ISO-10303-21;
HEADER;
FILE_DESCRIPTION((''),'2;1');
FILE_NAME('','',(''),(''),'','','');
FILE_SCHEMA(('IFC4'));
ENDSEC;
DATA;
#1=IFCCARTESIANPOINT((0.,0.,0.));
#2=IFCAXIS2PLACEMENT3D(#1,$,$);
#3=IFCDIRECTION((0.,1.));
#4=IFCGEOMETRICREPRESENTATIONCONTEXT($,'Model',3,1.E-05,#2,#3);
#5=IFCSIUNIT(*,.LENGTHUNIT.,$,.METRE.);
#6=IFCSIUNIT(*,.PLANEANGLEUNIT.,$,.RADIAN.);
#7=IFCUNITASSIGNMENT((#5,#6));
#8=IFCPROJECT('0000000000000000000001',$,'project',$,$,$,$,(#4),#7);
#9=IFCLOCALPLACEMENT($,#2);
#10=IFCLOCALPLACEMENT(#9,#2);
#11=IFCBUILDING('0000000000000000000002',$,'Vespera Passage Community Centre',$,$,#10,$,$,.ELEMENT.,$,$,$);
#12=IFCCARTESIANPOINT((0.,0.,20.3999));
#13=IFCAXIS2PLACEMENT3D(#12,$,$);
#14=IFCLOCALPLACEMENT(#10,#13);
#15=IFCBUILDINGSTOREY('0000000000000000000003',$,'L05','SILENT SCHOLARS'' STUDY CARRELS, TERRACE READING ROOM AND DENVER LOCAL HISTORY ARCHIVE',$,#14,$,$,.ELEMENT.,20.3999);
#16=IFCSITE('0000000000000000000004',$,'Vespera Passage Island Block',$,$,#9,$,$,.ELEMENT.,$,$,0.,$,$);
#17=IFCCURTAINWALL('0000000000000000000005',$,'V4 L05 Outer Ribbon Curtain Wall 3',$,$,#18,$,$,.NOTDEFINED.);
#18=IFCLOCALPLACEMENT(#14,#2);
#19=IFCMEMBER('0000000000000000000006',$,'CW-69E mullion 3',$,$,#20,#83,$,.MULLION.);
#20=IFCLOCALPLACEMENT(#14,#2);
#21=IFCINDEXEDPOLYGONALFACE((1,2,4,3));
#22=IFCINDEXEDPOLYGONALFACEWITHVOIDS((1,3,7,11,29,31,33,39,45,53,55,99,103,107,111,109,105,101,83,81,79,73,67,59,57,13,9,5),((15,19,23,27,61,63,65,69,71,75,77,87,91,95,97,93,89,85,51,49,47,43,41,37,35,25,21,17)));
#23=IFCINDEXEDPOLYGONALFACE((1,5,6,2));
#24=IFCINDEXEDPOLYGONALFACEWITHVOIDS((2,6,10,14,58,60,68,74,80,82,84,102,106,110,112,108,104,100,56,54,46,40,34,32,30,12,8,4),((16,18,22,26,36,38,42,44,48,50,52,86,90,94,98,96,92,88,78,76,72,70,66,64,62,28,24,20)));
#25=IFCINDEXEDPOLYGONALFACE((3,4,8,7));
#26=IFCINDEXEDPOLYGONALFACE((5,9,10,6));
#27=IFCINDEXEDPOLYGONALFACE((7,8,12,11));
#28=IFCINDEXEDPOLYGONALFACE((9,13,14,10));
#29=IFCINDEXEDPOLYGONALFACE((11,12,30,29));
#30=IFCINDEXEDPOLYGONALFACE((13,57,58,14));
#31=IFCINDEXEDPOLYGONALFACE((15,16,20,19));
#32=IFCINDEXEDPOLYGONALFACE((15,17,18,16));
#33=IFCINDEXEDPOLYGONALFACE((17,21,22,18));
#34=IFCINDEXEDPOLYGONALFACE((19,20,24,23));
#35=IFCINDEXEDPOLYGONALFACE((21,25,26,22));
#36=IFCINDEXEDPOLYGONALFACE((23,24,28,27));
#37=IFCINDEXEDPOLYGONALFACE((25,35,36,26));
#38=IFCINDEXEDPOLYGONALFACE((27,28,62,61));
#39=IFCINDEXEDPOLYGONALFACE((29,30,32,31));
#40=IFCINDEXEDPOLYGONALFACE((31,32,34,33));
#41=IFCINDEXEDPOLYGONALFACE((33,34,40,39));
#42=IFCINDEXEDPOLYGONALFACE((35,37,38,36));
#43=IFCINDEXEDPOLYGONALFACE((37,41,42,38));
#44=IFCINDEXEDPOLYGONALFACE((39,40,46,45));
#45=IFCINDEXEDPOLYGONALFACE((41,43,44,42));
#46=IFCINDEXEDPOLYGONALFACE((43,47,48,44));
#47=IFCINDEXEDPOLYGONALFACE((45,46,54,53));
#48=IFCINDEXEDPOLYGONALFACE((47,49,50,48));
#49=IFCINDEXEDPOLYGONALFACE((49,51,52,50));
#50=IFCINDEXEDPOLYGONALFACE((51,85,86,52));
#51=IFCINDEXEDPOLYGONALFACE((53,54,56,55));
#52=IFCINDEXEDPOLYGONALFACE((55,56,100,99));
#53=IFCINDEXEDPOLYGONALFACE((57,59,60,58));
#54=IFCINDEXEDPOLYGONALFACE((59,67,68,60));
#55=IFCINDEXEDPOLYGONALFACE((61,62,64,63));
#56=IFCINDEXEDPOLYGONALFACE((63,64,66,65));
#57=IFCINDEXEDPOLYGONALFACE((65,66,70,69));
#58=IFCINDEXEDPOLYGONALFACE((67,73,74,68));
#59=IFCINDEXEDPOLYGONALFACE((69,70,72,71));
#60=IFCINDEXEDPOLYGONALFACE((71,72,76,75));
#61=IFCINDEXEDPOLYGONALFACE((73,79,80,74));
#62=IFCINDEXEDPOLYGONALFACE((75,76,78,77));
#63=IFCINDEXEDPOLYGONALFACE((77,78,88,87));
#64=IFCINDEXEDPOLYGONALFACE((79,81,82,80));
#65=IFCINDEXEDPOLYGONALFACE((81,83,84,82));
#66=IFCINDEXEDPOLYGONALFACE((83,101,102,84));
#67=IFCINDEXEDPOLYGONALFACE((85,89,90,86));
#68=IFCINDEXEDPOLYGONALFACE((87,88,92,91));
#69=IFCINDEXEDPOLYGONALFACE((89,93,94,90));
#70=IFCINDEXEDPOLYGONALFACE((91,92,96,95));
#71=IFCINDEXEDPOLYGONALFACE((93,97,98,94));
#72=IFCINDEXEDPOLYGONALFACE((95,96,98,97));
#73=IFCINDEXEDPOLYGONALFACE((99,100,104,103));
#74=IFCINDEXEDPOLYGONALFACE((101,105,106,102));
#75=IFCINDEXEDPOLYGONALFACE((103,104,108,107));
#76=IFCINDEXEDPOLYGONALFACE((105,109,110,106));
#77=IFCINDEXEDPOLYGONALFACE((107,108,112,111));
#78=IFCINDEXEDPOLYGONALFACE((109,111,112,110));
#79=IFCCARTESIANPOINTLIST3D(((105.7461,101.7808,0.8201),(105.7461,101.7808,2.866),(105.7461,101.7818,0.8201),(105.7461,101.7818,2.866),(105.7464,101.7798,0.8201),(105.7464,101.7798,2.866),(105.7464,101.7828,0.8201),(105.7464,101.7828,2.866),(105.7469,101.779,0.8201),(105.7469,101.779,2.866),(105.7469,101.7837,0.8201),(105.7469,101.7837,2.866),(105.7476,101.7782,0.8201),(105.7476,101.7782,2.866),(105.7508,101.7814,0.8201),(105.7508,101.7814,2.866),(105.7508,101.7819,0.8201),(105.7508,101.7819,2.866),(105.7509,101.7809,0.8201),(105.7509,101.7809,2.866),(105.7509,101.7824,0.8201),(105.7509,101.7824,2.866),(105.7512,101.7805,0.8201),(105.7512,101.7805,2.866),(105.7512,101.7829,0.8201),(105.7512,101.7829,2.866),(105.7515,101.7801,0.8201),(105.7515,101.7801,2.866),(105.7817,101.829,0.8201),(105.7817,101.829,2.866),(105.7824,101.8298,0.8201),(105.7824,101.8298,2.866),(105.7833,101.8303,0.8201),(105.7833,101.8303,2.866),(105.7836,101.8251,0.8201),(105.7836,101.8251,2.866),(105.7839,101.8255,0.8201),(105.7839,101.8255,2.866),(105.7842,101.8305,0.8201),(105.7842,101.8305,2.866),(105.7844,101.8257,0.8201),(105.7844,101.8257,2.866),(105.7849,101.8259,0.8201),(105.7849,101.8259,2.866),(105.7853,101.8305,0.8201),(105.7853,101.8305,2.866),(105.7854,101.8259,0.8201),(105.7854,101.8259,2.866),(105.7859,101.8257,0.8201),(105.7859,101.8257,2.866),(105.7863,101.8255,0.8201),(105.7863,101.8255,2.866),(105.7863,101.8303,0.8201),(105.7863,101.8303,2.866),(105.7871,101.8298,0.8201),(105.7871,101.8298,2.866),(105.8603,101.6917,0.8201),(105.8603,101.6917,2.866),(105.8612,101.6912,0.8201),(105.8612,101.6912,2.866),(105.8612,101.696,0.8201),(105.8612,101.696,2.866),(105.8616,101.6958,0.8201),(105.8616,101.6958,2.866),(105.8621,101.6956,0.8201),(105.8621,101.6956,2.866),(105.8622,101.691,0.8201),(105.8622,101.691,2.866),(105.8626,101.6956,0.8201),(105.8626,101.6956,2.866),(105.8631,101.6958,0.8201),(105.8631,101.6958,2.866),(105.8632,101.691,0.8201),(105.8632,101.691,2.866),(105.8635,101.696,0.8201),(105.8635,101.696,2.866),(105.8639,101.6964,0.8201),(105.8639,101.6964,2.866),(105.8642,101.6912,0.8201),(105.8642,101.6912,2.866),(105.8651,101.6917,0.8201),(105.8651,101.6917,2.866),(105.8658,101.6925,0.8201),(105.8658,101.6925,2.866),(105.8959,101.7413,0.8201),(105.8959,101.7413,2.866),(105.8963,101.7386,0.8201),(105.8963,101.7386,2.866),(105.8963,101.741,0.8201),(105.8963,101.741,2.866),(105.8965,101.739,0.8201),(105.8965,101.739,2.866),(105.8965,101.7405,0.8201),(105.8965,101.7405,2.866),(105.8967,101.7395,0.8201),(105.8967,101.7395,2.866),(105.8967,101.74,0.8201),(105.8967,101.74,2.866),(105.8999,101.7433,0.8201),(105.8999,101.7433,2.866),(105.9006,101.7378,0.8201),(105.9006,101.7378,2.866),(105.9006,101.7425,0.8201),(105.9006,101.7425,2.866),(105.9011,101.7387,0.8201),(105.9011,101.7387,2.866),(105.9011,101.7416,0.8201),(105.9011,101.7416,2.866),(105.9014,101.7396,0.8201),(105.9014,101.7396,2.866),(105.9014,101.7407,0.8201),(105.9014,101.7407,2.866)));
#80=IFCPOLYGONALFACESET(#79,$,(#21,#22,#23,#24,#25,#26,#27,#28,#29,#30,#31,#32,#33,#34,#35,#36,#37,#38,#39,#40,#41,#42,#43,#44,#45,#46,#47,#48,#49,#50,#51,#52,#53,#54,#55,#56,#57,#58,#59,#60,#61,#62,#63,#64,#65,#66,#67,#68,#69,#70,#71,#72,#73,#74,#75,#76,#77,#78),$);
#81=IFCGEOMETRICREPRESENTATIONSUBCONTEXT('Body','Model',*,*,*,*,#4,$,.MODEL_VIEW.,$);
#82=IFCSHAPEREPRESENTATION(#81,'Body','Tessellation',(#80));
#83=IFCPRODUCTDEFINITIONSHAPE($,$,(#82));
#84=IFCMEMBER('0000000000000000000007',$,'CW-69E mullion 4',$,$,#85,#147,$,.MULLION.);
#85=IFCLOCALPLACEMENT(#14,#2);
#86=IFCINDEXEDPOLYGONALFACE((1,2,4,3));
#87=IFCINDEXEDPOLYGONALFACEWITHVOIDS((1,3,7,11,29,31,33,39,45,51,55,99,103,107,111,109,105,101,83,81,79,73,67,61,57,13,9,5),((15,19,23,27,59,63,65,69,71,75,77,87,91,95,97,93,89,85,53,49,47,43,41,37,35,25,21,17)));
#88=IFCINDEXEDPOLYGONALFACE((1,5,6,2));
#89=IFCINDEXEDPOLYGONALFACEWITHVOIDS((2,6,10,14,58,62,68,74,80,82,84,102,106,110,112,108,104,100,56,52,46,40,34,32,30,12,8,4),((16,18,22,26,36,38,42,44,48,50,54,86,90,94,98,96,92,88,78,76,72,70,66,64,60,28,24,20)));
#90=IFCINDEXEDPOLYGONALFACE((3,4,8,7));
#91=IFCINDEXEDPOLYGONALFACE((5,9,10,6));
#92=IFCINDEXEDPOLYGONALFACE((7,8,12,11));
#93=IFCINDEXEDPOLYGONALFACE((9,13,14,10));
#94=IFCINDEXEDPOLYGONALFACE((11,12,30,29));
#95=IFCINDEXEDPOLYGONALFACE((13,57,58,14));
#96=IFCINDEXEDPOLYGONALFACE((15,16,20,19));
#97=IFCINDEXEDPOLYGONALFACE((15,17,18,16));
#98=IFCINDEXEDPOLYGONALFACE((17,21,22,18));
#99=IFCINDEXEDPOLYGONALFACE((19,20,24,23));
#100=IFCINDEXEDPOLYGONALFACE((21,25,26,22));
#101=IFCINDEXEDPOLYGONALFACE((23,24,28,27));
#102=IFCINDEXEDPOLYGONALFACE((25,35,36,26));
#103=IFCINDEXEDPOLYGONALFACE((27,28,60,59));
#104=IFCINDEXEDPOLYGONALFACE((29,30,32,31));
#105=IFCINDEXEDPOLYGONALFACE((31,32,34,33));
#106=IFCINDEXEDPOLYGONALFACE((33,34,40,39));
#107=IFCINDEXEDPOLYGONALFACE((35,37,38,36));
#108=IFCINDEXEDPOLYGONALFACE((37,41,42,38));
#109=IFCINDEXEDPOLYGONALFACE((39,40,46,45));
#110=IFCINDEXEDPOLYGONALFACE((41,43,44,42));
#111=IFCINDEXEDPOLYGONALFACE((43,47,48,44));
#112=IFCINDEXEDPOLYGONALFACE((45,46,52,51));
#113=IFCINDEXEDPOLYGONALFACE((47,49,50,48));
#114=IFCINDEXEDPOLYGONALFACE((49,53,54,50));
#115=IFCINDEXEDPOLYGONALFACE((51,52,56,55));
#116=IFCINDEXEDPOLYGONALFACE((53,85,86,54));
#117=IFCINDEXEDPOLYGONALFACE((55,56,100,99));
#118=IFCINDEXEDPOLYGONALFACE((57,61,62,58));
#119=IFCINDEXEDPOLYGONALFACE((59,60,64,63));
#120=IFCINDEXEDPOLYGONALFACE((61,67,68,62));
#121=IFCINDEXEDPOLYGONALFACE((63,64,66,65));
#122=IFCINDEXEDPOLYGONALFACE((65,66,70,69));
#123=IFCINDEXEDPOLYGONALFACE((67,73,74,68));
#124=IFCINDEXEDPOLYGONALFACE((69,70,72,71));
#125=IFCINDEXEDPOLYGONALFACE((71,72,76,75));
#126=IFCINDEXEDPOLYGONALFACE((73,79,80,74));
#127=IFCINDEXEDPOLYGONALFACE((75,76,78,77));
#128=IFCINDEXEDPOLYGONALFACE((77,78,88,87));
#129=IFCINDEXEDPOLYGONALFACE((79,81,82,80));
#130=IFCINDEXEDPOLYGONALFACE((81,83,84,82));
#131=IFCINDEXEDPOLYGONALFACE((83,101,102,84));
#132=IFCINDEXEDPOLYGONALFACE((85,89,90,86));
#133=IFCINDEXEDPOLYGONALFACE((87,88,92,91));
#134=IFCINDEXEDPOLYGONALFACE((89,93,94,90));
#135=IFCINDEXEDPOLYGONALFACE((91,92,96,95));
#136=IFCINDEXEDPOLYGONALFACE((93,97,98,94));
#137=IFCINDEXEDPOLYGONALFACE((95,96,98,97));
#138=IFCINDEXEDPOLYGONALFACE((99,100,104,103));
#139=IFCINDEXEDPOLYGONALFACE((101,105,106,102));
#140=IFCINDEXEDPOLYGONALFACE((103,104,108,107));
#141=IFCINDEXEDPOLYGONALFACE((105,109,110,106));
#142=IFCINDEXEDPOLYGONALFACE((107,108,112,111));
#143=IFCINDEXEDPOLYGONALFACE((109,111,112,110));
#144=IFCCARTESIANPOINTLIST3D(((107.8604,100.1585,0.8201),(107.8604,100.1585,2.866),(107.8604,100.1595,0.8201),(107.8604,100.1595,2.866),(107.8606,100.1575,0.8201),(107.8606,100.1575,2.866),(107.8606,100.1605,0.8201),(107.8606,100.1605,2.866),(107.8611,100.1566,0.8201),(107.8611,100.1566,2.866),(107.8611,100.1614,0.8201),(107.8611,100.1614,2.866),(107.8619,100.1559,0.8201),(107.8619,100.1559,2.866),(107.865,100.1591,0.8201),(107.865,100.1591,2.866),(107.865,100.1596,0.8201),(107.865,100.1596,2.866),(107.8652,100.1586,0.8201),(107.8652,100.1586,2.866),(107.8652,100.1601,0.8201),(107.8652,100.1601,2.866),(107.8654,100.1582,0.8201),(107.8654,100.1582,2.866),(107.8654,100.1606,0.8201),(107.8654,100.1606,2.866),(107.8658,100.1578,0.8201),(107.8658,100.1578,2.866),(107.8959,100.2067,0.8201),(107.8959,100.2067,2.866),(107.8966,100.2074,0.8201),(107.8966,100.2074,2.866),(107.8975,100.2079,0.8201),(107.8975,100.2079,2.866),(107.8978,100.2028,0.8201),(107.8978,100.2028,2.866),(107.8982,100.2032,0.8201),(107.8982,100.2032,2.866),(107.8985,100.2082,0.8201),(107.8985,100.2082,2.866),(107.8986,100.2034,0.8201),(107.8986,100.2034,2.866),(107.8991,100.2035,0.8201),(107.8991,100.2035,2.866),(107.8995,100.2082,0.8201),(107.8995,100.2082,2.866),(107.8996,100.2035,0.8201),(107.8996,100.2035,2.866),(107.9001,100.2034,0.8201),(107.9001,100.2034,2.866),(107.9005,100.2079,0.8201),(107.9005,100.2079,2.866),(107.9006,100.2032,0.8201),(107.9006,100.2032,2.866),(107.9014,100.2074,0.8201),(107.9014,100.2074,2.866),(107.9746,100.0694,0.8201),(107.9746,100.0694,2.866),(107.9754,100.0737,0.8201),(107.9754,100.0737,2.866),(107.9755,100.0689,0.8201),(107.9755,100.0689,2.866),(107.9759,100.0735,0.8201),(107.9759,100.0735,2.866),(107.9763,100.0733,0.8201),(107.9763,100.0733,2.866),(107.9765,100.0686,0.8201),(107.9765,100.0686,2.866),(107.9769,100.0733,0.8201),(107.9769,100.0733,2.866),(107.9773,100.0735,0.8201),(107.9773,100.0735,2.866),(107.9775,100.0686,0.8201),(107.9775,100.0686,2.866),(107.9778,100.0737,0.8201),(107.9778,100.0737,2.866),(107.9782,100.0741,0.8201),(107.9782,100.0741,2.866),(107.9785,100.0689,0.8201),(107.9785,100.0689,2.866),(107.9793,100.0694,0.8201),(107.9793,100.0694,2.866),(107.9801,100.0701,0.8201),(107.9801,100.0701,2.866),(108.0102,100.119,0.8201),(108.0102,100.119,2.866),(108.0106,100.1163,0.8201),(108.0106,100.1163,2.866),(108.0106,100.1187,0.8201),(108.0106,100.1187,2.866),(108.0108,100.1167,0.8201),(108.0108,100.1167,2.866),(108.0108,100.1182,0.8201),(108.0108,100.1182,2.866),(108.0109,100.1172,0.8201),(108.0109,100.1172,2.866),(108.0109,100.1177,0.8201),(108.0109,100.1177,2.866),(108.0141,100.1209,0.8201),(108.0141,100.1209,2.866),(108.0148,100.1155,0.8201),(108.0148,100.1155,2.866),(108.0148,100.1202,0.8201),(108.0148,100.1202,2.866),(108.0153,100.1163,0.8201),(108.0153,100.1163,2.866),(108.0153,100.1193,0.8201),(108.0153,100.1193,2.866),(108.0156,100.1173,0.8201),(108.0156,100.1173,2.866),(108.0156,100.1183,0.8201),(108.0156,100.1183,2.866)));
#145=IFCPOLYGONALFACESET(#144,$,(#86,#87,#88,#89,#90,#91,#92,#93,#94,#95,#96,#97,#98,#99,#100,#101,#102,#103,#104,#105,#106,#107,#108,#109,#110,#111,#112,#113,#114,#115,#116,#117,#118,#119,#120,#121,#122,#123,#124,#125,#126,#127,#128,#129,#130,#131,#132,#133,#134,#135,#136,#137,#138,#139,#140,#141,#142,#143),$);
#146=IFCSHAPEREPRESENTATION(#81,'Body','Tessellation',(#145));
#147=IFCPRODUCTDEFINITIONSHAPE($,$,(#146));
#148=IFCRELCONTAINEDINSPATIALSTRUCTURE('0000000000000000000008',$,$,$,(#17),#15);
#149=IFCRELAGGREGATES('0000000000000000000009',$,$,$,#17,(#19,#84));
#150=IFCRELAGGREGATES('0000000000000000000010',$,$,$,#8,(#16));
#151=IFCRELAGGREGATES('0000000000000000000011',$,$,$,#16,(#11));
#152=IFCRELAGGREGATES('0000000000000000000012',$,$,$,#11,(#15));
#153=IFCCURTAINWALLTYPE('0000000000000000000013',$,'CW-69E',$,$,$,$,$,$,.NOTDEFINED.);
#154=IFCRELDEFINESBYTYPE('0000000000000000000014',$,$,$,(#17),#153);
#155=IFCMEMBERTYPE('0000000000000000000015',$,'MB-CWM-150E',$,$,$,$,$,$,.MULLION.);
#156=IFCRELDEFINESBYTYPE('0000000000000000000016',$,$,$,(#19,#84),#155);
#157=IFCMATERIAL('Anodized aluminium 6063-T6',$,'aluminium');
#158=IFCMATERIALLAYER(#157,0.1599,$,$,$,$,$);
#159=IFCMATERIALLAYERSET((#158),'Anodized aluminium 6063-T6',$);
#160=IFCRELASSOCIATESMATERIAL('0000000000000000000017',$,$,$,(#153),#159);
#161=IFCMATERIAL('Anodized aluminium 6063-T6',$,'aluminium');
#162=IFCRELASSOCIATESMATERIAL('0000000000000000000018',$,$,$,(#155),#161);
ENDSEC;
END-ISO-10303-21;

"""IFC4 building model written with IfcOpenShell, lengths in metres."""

from ifc_helpers import new_model, si_unit, direction, frame, origin, origin_2d, place, context, subcontext, project, spatial, hollow_rectangle, extrude, material, layer, layer_set, material_profile, profile_set, type_object, element, aggregate, save


model = new_model("IFC4")

# Units and contexts
model_context = context("Model", 3, precision=1e-05, world=origin(), true_north=direction((0.0, 1.0)))
body_context = subcontext(model_context, "Body", "Model", "MODEL_VIEW")
ifc_project = project(units=[si_unit("LENGTHUNIT", "METRE"), si_unit("PLANEANGLEUNIT", "RADIAN")], contexts=[model_context])

# Site, building, storey
site_placement = place(None, origin())
site = spatial("IfcSite", under=ifc_project, at=site_placement, Name="Vespera Passage Island Block", CompositionType="ELEMENT", RefElevation=0.0)
building_placement = place(site_placement, origin())
building = spatial("IfcBuilding", under=site, at=building_placement, Name="Vespera Passage Community Centre", CompositionType="ELEMENT")
storey_placement = place(building_placement, frame((0.0, 0.0, 20.3999)))
storey = spatial("IfcBuildingStorey", under=building, at=storey_placement, Name="L05", Description="SILENT SCHOLARS' STUDY CARRELS, TERRACE READING ROOM AND DENVER LOCAL HISTORY ARCHIVE", CompositionType="ELEMENT", Elevation=20.3999)

# Curtain wall, members
ifc_material_1 = material(Name="Anodized aluminium 6063-T6", Category="aluminium")
ifc_layer_1 = layer(ifc_material_1, 0.1599)
ifc_layer_set_1 = layer_set([ifc_layer_1], Name="Anodized aluminium 6063-T6")
curtain_wall_type = type_object("IfcCurtainWallType", Name="CW-69E", PredefinedType="NOTDEFINED", material=ifc_layer_set_1)
curtain_wall_placement = place(storey_placement, origin())
curtain_wall = element("IfcCurtainWall", 1, at=curtain_wall_placement, inside=storey, type_object=curtain_wall_type, Name="V4 L05 Outer Ribbon Curtain Wall 3", PredefinedType="NOTDEFINED")
ifc_material_2 = material(Name="Anodized aluminium 6063-T6", Category="aluminium")
ifc_material_profile_1 = material_profile(ifc_material_2, hollow_rectangle(XDim=0.0649, YDim=0.1499, WallThickness=0.0039, InnerFilletRadius=0.002, OuterFilletRadius=0.0039, at=origin_2d()), Name="ALU150X65X4")
ifc_profile_set_1 = profile_set([ifc_material_profile_1], Name="Anodized aluminium 6063-T6")
member_type_1 = type_object("IfcMemberType", Name="MB-CWM-150E", PredefinedType="MULLION", material=ifc_profile_set_1)
member_1_placement = place(storey_placement, frame((105.8237, 101.7607, 0.8201), z_axis=(0.0, 0.0, 1.0), x_axis=(0.608772, 0.793345, 0.0)))
member_1 = element("IfcMember", 2, at=member_1_placement, type_object=member_type_1, Name="CW-69E mullion 3", PredefinedType="MULLION", context=body_context, shape_type="SweptSolid", body=[
    extrude(hollow_rectangle(XDim=0.0649, YDim=0.1499, WallThickness=0.0039, InnerFilletRadius=0.002, OuterFilletRadius=0.0039, at=origin_2d()), origin(), (0.0, 0.0, 1.0), 2.0459),
])
member_2_placement = place(storey_placement, frame((107.938, 100.1384, 0.8201), z_axis=(0.0, 0.0, 1.0), x_axis=(0.608772, 0.793345, 0.0)))
member_2 = element("IfcMember", 3, at=member_2_placement, type_object=member_type_1, Name="CW-69E mullion 4", PredefinedType="MULLION", context=body_context, shape_type="SweptSolid", body=[
    extrude(hollow_rectangle(XDim=0.0649, YDim=0.1499, WallThickness=0.0039, InnerFilletRadius=0.002, OuterFilletRadius=0.0039, at=origin_2d()), origin(), (0.0, 0.0, 1.0), 2.0459),
])
aggregate(curtain_wall, [member_1, member_2])

save(model, "model.ifc")
